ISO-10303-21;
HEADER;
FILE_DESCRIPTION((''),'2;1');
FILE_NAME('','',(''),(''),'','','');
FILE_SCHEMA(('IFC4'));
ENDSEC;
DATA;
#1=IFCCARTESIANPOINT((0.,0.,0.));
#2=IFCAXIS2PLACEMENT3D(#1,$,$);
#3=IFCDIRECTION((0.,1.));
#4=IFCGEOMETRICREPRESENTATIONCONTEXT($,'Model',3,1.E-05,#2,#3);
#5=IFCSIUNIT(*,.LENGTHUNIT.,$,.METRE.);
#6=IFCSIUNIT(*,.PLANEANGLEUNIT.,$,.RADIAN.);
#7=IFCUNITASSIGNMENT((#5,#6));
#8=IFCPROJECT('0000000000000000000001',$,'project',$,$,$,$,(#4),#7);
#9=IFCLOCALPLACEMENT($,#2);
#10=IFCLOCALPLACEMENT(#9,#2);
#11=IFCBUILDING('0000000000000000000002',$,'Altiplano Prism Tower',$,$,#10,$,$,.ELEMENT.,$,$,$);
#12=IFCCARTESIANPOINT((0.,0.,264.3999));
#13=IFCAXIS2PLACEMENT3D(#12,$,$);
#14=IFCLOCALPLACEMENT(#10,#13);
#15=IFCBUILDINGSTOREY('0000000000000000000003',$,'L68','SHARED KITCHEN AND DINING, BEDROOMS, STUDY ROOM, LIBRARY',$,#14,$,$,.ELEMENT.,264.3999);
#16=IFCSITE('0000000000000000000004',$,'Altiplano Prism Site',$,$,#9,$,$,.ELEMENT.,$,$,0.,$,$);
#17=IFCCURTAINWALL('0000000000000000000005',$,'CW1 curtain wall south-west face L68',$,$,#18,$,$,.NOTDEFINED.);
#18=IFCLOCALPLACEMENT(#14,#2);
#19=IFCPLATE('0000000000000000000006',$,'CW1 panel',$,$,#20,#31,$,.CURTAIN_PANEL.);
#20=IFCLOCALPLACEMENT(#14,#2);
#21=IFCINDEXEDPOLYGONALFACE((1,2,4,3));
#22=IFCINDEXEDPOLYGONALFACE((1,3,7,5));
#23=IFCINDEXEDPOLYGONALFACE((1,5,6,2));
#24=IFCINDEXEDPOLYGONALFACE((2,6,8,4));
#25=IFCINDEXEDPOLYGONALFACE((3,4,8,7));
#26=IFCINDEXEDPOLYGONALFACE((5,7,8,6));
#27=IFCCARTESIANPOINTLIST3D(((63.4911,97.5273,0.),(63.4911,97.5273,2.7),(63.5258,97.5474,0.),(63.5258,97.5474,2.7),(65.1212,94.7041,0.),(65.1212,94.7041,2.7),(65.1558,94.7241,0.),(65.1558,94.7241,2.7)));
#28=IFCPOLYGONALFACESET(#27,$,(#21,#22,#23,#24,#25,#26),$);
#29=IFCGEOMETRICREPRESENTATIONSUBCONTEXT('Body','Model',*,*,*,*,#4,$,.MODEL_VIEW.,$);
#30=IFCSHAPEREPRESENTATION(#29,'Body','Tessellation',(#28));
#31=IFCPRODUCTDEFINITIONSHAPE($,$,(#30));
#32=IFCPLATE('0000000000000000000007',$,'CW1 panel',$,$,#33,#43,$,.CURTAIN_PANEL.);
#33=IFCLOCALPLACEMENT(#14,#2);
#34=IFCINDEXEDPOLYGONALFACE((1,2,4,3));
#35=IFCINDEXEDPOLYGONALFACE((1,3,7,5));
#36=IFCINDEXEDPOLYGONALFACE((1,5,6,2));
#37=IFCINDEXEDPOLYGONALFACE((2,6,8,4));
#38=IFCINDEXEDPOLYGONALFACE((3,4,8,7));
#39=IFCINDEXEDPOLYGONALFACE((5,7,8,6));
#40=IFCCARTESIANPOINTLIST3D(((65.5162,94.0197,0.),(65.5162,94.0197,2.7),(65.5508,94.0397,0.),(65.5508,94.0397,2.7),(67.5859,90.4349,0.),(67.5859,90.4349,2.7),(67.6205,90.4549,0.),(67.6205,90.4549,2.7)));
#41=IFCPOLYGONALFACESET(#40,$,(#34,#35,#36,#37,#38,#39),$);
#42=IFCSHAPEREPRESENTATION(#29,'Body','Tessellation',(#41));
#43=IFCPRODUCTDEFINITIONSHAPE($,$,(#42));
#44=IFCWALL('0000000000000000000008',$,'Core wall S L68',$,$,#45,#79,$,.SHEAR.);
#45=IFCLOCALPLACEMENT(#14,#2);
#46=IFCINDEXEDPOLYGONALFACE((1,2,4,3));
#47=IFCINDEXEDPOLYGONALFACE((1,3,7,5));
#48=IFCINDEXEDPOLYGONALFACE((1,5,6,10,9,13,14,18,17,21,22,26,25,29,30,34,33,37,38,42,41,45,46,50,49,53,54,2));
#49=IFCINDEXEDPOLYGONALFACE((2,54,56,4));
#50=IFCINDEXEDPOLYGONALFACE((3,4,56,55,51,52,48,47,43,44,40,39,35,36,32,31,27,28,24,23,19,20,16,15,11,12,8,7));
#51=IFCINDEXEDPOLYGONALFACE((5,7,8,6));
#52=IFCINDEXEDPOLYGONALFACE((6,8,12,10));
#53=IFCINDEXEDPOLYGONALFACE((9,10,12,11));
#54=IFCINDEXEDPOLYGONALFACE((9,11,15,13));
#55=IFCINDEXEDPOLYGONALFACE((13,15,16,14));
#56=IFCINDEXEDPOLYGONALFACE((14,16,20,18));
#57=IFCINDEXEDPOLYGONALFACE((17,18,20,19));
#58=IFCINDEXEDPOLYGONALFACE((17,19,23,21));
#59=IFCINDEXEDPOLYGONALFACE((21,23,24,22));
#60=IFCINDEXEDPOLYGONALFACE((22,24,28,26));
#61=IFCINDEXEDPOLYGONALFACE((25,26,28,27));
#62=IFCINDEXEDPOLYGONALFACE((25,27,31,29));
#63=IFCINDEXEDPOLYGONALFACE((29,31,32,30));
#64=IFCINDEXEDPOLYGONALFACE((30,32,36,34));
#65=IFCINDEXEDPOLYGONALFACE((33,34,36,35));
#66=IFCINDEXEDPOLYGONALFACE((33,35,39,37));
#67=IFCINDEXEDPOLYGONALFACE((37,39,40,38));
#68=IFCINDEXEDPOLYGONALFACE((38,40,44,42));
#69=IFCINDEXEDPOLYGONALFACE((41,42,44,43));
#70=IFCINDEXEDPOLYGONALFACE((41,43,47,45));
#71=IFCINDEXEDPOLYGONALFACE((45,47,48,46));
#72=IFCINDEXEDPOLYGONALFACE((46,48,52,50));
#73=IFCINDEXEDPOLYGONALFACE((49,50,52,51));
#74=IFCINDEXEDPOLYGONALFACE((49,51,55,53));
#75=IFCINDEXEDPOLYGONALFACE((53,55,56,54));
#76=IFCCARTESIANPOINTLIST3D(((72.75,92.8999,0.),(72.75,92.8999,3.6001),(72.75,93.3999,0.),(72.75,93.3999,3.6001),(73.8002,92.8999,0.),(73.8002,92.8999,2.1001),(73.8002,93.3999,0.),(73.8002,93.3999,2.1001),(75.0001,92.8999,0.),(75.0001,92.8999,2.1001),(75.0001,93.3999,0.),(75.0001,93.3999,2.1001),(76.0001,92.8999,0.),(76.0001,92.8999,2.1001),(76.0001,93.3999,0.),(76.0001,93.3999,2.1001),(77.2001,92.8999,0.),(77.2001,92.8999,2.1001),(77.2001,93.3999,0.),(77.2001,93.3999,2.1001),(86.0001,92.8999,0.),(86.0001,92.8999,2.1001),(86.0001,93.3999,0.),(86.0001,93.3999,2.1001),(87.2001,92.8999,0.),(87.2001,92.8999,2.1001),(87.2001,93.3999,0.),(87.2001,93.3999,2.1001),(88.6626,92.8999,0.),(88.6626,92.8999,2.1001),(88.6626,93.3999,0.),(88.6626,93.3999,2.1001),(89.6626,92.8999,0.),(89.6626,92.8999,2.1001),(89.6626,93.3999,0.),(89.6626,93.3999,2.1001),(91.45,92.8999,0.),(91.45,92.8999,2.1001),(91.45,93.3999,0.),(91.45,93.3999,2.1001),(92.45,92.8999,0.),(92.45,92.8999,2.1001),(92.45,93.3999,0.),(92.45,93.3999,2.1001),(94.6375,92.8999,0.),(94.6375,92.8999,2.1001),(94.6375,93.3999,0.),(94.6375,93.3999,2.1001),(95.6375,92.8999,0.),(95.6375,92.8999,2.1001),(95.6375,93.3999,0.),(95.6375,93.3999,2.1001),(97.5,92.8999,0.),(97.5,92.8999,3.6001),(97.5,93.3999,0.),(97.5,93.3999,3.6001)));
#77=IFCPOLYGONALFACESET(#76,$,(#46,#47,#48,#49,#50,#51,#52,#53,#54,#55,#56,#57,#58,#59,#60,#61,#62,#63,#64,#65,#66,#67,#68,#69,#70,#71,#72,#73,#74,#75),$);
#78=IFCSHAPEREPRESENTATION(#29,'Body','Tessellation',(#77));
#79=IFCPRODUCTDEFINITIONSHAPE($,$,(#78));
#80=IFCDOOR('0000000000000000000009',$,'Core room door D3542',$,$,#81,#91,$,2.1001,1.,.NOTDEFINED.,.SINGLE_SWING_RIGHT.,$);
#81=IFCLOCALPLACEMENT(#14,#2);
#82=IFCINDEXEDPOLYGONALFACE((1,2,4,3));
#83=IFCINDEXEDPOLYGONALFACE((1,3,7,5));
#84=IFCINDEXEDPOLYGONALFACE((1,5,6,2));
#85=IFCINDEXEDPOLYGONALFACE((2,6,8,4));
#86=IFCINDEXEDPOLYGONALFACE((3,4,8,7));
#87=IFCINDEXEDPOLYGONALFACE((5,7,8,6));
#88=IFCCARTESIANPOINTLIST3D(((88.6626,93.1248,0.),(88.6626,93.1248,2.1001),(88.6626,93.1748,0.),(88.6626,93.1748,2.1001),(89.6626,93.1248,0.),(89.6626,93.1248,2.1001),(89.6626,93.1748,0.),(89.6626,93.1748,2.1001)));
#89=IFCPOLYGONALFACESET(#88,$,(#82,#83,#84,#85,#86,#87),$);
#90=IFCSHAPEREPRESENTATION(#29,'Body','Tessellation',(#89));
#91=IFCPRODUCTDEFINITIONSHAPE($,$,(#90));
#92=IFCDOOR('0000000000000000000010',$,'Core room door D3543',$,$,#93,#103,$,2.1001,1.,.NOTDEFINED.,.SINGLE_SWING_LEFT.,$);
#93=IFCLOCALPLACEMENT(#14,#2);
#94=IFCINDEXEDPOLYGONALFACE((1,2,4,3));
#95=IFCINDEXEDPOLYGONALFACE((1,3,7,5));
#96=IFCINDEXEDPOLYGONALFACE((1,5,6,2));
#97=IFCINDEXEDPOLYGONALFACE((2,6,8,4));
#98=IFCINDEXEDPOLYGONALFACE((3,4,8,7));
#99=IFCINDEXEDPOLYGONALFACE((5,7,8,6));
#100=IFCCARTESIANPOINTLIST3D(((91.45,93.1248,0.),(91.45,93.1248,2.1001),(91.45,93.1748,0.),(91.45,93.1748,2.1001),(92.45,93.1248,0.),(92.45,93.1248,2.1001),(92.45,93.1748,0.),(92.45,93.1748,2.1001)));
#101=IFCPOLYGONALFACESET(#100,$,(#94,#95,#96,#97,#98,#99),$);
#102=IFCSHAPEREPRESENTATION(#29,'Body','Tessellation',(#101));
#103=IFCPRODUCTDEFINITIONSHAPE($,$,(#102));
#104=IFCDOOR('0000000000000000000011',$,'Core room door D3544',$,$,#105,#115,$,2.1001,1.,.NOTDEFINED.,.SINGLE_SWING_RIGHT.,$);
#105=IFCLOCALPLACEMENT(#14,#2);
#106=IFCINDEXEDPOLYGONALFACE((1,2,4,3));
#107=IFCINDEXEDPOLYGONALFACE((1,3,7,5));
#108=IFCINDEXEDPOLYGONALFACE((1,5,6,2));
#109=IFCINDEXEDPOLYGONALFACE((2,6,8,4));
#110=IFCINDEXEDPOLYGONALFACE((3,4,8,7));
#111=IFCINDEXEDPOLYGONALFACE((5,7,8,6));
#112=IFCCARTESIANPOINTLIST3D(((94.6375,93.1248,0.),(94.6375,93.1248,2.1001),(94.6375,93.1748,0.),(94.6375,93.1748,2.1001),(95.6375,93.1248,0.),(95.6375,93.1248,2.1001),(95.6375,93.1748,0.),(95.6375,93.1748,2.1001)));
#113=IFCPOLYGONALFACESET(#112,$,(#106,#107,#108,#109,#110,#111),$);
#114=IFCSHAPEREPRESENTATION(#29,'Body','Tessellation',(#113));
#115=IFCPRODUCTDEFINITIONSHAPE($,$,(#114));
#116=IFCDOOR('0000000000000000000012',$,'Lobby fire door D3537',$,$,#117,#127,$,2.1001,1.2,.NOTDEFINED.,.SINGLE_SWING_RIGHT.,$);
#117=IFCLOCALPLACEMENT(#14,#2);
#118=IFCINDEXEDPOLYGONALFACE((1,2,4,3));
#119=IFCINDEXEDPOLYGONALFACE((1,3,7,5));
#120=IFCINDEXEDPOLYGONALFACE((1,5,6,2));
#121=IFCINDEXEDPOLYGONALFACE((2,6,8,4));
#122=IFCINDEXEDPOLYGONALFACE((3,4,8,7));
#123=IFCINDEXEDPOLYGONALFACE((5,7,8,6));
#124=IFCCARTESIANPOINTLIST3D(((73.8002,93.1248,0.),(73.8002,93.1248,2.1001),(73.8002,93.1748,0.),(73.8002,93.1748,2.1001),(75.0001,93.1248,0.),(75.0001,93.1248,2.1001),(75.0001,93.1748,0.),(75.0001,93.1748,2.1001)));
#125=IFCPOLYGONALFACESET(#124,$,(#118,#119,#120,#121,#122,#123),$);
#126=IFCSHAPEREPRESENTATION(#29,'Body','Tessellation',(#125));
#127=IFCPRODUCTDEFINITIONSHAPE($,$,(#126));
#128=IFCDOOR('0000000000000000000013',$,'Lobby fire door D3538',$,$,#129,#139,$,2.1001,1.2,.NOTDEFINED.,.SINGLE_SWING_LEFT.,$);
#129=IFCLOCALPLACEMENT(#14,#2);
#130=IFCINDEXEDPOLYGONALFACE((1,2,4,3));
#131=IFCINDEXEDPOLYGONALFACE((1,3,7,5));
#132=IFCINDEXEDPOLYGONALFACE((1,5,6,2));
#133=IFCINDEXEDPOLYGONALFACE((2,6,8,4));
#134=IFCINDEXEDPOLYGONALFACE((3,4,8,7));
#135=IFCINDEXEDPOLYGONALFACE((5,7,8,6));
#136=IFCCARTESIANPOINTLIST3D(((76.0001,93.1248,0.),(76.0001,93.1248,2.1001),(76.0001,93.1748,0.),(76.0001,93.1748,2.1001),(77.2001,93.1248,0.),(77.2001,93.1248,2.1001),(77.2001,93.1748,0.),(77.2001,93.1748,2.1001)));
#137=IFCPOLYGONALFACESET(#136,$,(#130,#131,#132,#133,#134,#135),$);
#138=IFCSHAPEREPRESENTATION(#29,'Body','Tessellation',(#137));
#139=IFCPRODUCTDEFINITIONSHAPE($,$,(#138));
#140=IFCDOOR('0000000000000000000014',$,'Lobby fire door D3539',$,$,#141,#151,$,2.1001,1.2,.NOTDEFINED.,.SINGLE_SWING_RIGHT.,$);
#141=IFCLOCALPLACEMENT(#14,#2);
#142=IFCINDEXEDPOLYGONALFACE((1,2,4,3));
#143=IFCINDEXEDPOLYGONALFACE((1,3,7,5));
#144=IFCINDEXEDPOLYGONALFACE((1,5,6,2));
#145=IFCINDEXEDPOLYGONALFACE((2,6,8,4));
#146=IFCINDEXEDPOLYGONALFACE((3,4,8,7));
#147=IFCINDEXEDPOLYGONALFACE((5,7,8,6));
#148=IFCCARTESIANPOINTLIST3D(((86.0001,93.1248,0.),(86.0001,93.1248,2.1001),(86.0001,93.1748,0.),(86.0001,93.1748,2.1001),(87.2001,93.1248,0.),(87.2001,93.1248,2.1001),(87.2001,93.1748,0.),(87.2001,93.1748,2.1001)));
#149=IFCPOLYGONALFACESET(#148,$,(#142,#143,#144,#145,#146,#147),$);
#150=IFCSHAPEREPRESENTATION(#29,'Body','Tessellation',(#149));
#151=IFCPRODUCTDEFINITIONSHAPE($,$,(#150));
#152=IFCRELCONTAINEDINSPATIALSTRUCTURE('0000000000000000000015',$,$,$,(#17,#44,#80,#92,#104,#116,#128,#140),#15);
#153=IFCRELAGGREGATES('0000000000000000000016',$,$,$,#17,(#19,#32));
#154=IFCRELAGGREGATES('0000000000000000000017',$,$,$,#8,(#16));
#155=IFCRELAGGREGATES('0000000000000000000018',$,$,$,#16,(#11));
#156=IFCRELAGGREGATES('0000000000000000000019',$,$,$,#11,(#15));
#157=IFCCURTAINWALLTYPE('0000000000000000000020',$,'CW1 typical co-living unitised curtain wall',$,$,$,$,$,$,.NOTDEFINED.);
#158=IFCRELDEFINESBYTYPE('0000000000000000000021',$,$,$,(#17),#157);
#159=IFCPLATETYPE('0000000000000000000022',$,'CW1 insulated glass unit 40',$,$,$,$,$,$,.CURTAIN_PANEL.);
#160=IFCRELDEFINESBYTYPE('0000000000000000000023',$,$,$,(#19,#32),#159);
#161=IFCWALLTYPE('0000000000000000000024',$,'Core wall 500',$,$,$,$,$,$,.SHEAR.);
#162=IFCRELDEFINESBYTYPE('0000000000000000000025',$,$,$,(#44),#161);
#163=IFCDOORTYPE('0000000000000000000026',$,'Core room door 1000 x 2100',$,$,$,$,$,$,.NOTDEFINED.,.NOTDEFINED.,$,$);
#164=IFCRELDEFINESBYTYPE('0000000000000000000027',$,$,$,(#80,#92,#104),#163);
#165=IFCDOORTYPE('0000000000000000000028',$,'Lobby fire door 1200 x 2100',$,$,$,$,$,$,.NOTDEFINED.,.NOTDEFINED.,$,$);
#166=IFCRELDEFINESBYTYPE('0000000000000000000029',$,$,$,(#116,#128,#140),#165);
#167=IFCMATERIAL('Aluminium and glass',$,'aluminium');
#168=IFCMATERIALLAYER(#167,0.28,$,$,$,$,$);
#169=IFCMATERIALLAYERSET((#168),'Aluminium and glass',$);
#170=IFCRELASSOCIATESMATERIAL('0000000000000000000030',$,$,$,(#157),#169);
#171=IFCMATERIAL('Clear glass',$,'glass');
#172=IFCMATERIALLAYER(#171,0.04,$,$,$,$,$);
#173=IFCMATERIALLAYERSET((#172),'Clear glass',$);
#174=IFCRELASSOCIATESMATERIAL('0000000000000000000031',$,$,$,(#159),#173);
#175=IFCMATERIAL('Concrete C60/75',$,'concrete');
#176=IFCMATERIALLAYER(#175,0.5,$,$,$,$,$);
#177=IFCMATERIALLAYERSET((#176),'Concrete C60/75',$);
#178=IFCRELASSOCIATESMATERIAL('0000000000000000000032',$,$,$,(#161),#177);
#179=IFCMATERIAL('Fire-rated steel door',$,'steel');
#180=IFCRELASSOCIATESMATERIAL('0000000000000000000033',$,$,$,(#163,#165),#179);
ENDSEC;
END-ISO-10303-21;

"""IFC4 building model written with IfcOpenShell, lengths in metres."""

from ifc_helpers import new_model, si_unit, direction, frame, frame_2d, origin, origin_2d, place, context, subcontext, project, spatial, rectangle, extrude, material, layer, layer_set, type_object, element, fill, aggregate, save


model = new_model("IFC4")

# Units and contexts
model_context = context("Model", 3, precision=1e-05, world=origin(), true_north=direction((0.0, 1.0)))
body_context = subcontext(model_context, "Body", "Model", "MODEL_VIEW")
ifc_project = project(units=[si_unit("LENGTHUNIT", "METRE"), si_unit("PLANEANGLEUNIT", "RADIAN")], contexts=[model_context])

# Site, building, storey
site_placement = place(None, origin())
site = spatial("IfcSite", under=ifc_project, at=site_placement, Name="Altiplano Prism Site", CompositionType="ELEMENT", RefElevation=0.0)
building_placement = place(site_placement, origin())
building = spatial("IfcBuilding", under=site, at=building_placement, Name="Altiplano Prism Tower", CompositionType="ELEMENT")
storey_placement = place(building_placement, frame((0.0, 0.0, 264.3999)))
storey = spatial("IfcBuildingStorey", under=building, at=storey_placement, Name="L68", Description="SHARED KITCHEN AND DINING, BEDROOMS, STUDY ROOM, LIBRARY", CompositionType="ELEMENT", Elevation=264.3999)

# Curtain wall, plates
ifc_material_1 = material(Name="Aluminium and glass", Category="aluminium")
ifc_layer_1 = layer(ifc_material_1, 0.28)
ifc_layer_set_1 = layer_set([ifc_layer_1], Name="Aluminium and glass")
curtain_wall_type = type_object("IfcCurtainWallType", Name="CW1 typical co-living unitised curtain wall", PredefinedType="NOTDEFINED", material=ifc_layer_set_1)
curtain_wall_placement = place(storey_placement, origin())
curtain_wall = element("IfcCurtainWall", 1, at=curtain_wall_placement, inside=storey, type_object=curtain_wall_type, Name="CW1 curtain wall south-west face L68", PredefinedType="NOTDEFINED")
ifc_material_2 = material(Name="Clear glass", Category="glass")
ifc_layer_2 = layer(ifc_material_2, 0.04)
ifc_layer_set_2 = layer_set([ifc_layer_2], Name="Clear glass")
plate_type = type_object("IfcPlateType", Name="CW1 insulated glass unit 40", PredefinedType="CURTAIN_PANEL", material=ifc_layer_set_2)
plate_1_placement = place(storey_placement, frame((64.3235, 96.1257, 0.0), z_axis=(0.0, 0.0, 1.0), x_axis=(0.5, -0.866025, 0.0)))
plate_1 = element("IfcPlate", 2, at=plate_1_placement, type_object=plate_type, Name="CW1 panel", PredefinedType="CURTAIN_PANEL", context=body_context, shape_type="SweptSolid", body=[
    extrude(rectangle(XDim=3.26, YDim=0.04, at=origin_2d()), origin(), (0.0, 0.0, 1.0), 2.7),
])
plate_2_placement = place(storey_placement, frame((66.5684, 92.2373, 0.0), z_axis=(0.0, 0.0, 1.0), x_axis=(0.5, -0.866025, 0.0)))
plate_2 = element("IfcPlate", 3, at=plate_2_placement, type_object=plate_type, Name="CW1 panel", PredefinedType="CURTAIN_PANEL", context=body_context, shape_type="SweptSolid", body=[
    extrude(rectangle(XDim=4.1394, YDim=0.04, at=origin_2d()), origin(), (0.0, 0.0, 1.0), 2.7),
])
aggregate(curtain_wall, [plate_1, plate_2])

# Wall, openings, doors
ifc_material_3 = material(Name="Concrete C60/75", Category="concrete")
ifc_layer_3 = layer(ifc_material_3, 0.5)
ifc_layer_set_3 = layer_set([ifc_layer_3], Name="Concrete C60/75")
wall_type_1 = type_object("IfcWallType", Name="Core wall 500", PredefinedType="SHEAR", material=ifc_layer_set_3)
wall_1_placement = place(storey_placement, frame((72.75, 93.1499, 0.0), z_axis=(0.0, 0.0, 1.0), x_axis=(1.0, 0.0, 0.0)))
wall_1 = element("IfcWall", 4, at=wall_1_placement, inside=storey, type_object=wall_type_1, Name="Core wall S L68", PredefinedType="SHEAR", context=body_context, shape_type="SweptSolid", body=[
    extrude(rectangle(XDim=24.75, YDim=0.5, at=frame_2d((12.375, 0.0))), origin(), (0.0, 0.0, 1.0), 3.6001),
])
opening_1_placement = place(wall_1_placement, frame((1.05, 0.0, 0.0)))
opening_1 = element("IfcOpeningElement", 5, at=opening_1_placement, cuts=wall_1, PredefinedType="OPENING", context=body_context, shape_type="SweptSolid", body=[
    extrude(rectangle(XDim=1.2, YDim=2.1001, at=frame_2d((0.6001, 1.05))), frame((0.0, 0.2605, 0.0), z_axis=(0.0, -1.0, 0.0), x_axis=(1.0, 0.0, 0.0)), (0.0, 0.0, 1.0), 0.521),
])
opening_2_placement = place(wall_1_placement, frame((3.25, 0.0, 0.0)))
opening_2 = element("IfcOpeningElement", 6, at=opening_2_placement, cuts=wall_1, PredefinedType="OPENING", context=body_context, shape_type="SweptSolid", body=[
    extrude(rectangle(XDim=1.2, YDim=2.1001, at=frame_2d((0.6001, 1.05))), frame((0.0, 0.2605, 0.0), z_axis=(0.0, -1.0, 0.0), x_axis=(1.0, 0.0, 0.0)), (0.0, 0.0, 1.0), 0.521),
])
opening_3_placement = place(wall_1_placement, frame((13.25, 0.0, 0.0)))
opening_3 = element("IfcOpeningElement", 7, at=opening_3_placement, cuts=wall_1, PredefinedType="OPENING", context=body_context, shape_type="SweptSolid", body=[
    extrude(rectangle(XDim=1.2, YDim=2.1001, at=frame_2d((0.6001, 1.05))), frame((0.0, 0.2605, 0.0), z_axis=(0.0, -1.0, 0.0), x_axis=(1.0, 0.0, 0.0)), (0.0, 0.0, 1.0), 0.521),
])
opening_4_placement = place(wall_1_placement, frame((15.9126, 0.0, 0.0)))
opening_4 = element("IfcOpeningElement", 8, at=opening_4_placement, cuts=wall_1, PredefinedType="OPENING", context=body_context, shape_type="SweptSolid", body=[
    extrude(rectangle(XDim=1.0, YDim=2.1001, at=frame_2d((0.5, 1.05))), frame((0.0, 0.2605, 0.0), z_axis=(0.0, -1.0, 0.0), x_axis=(1.0, 0.0, 0.0)), (0.0, 0.0, 1.0), 0.521),
])
opening_5_placement = place(wall_1_placement, frame((18.7, 0.0, 0.0)))
opening_5 = element("IfcOpeningElement", 9, at=opening_5_placement, cuts=wall_1, PredefinedType="OPENING", context=body_context, shape_type="SweptSolid", body=[
    extrude(rectangle(XDim=1.0, YDim=2.1001, at=frame_2d((0.5, 1.05))), frame((0.0, 0.2605, 0.0), z_axis=(0.0, -1.0, 0.0), x_axis=(1.0, 0.0, 0.0)), (0.0, 0.0, 1.0), 0.521),
])
opening_6_placement = place(wall_1_placement, frame((21.8875, 0.0, 0.0)))
opening_6 = element("IfcOpeningElement", 10, at=opening_6_placement, cuts=wall_1, PredefinedType="OPENING", context=body_context, shape_type="SweptSolid", body=[
    extrude(rectangle(XDim=1.0, YDim=2.1001, at=frame_2d((0.5, 1.05))), frame((0.0, 0.2605, 0.0), z_axis=(0.0, -1.0, 0.0), x_axis=(1.0, 0.0, 0.0)), (0.0, 0.0, 1.0), 0.521),
])
ifc_material_4 = material(Name="Fire-rated steel door", Category="steel")
door_type_1 = type_object("IfcDoorType", Name="Core room door 1000 x 2100", OperationType="NOTDEFINED", PredefinedType="NOTDEFINED", material=ifc_material_4)
door_1_placement = place(opening_4_placement, origin())
door_1 = element("IfcDoor", 11, at=door_1_placement, inside=storey, type_object=door_type_1, Name="Core room door D3542", OperationType="SINGLE_SWING_RIGHT", OverallHeight=2.1001, OverallWidth=1.0, PredefinedType="NOTDEFINED", context=body_context, shape_type="SweptSolid", body=[
    extrude(rectangle(XDim=1.0, YDim=2.1001, at=frame_2d((0.5, 1.05))), frame((0.0, 0.0249, 0.0), z_axis=(0.0, -1.0, 0.0), x_axis=(1.0, 0.0, 0.0)), (0.0, 0.0, 1.0), 0.05),
])
fill(opening_4, door_1)
door_2_placement = place(opening_5_placement, origin())
door_2 = element("IfcDoor", 12, at=door_2_placement, inside=storey, type_object=door_type_1, Name="Core room door D3543", OperationType="SINGLE_SWING_LEFT", OverallHeight=2.1001, OverallWidth=1.0, PredefinedType="NOTDEFINED", context=body_context, shape_type="SweptSolid", body=[
    extrude(rectangle(XDim=1.0, YDim=2.1001, at=frame_2d((0.5, 1.05))), frame((0.0, 0.0249, 0.0), z_axis=(0.0, -1.0, 0.0), x_axis=(1.0, 0.0, 0.0)), (0.0, 0.0, 1.0), 0.05),
])
fill(opening_5, door_2)
door_3_placement = place(opening_6_placement, origin())
door_3 = element("IfcDoor", 13, at=door_3_placement, inside=storey, type_object=door_type_1, Name="Core room door D3544", OperationType="SINGLE_SWING_RIGHT", OverallHeight=2.1001, OverallWidth=1.0, PredefinedType="NOTDEFINED", context=body_context, shape_type="SweptSolid", body=[
    extrude(rectangle(XDim=1.0, YDim=2.1001, at=frame_2d((0.5, 1.05))), frame((0.0, 0.0249, 0.0), z_axis=(0.0, -1.0, 0.0), x_axis=(1.0, 0.0, 0.0)), (0.0, 0.0, 1.0), 0.05),
])
fill(opening_6, door_3)
door_type_2 = type_object("IfcDoorType", Name="Lobby fire door 1200 x 2100", OperationType="NOTDEFINED", PredefinedType="NOTDEFINED", material=ifc_material_4)
door_4_placement = place(opening_1_placement, origin())
door_4 = element("IfcDoor", 14, at=door_4_placement, inside=storey, type_object=door_type_2, Name="Lobby fire door D3537", OperationType="SINGLE_SWING_RIGHT", OverallHeight=2.1001, OverallWidth=1.2, PredefinedType="NOTDEFINED", context=body_context, shape_type="SweptSolid", body=[
    extrude(rectangle(XDim=1.2, YDim=2.1001, at=frame_2d((0.6001, 1.05))), frame((0.0, 0.0249, 0.0), z_axis=(0.0, -1.0, 0.0), x_axis=(1.0, 0.0, 0.0)), (0.0, 0.0, 1.0), 0.05),
])
fill(opening_1, door_4)
door_5_placement = place(opening_2_placement, origin())
door_5 = element("IfcDoor", 15, at=door_5_placement, inside=storey, type_object=door_type_2, Name="Lobby fire door D3538", OperationType="SINGLE_SWING_LEFT", OverallHeight=2.1001, OverallWidth=1.2, PredefinedType="NOTDEFINED", context=body_context, shape_type="SweptSolid", body=[
    extrude(rectangle(XDim=1.2, YDim=2.1001, at=frame_2d((0.6001, 1.05))), frame((0.0, 0.0249, 0.0), z_axis=(0.0, -1.0, 0.0), x_axis=(1.0, 0.0, 0.0)), (0.0, 0.0, 1.0), 0.05),
])
fill(opening_2, door_5)
door_6_placement = place(opening_3_placement, origin())
door_6 = element("IfcDoor", 16, at=door_6_placement, inside=storey, type_object=door_type_2, Name="Lobby fire door D3539", OperationType="SINGLE_SWING_RIGHT", OverallHeight=2.1001, OverallWidth=1.2, PredefinedType="NOTDEFINED", context=body_context, shape_type="SweptSolid", body=[
    extrude(rectangle(XDim=1.2, YDim=2.1001, at=frame_2d((0.6001, 1.05))), frame((0.0, 0.0249, 0.0), z_axis=(0.0, -1.0, 0.0), x_axis=(1.0, 0.0, 0.0)), (0.0, 0.0, 1.0), 0.05),
])
fill(opening_3, door_6)

save(model, "model.ifc")
